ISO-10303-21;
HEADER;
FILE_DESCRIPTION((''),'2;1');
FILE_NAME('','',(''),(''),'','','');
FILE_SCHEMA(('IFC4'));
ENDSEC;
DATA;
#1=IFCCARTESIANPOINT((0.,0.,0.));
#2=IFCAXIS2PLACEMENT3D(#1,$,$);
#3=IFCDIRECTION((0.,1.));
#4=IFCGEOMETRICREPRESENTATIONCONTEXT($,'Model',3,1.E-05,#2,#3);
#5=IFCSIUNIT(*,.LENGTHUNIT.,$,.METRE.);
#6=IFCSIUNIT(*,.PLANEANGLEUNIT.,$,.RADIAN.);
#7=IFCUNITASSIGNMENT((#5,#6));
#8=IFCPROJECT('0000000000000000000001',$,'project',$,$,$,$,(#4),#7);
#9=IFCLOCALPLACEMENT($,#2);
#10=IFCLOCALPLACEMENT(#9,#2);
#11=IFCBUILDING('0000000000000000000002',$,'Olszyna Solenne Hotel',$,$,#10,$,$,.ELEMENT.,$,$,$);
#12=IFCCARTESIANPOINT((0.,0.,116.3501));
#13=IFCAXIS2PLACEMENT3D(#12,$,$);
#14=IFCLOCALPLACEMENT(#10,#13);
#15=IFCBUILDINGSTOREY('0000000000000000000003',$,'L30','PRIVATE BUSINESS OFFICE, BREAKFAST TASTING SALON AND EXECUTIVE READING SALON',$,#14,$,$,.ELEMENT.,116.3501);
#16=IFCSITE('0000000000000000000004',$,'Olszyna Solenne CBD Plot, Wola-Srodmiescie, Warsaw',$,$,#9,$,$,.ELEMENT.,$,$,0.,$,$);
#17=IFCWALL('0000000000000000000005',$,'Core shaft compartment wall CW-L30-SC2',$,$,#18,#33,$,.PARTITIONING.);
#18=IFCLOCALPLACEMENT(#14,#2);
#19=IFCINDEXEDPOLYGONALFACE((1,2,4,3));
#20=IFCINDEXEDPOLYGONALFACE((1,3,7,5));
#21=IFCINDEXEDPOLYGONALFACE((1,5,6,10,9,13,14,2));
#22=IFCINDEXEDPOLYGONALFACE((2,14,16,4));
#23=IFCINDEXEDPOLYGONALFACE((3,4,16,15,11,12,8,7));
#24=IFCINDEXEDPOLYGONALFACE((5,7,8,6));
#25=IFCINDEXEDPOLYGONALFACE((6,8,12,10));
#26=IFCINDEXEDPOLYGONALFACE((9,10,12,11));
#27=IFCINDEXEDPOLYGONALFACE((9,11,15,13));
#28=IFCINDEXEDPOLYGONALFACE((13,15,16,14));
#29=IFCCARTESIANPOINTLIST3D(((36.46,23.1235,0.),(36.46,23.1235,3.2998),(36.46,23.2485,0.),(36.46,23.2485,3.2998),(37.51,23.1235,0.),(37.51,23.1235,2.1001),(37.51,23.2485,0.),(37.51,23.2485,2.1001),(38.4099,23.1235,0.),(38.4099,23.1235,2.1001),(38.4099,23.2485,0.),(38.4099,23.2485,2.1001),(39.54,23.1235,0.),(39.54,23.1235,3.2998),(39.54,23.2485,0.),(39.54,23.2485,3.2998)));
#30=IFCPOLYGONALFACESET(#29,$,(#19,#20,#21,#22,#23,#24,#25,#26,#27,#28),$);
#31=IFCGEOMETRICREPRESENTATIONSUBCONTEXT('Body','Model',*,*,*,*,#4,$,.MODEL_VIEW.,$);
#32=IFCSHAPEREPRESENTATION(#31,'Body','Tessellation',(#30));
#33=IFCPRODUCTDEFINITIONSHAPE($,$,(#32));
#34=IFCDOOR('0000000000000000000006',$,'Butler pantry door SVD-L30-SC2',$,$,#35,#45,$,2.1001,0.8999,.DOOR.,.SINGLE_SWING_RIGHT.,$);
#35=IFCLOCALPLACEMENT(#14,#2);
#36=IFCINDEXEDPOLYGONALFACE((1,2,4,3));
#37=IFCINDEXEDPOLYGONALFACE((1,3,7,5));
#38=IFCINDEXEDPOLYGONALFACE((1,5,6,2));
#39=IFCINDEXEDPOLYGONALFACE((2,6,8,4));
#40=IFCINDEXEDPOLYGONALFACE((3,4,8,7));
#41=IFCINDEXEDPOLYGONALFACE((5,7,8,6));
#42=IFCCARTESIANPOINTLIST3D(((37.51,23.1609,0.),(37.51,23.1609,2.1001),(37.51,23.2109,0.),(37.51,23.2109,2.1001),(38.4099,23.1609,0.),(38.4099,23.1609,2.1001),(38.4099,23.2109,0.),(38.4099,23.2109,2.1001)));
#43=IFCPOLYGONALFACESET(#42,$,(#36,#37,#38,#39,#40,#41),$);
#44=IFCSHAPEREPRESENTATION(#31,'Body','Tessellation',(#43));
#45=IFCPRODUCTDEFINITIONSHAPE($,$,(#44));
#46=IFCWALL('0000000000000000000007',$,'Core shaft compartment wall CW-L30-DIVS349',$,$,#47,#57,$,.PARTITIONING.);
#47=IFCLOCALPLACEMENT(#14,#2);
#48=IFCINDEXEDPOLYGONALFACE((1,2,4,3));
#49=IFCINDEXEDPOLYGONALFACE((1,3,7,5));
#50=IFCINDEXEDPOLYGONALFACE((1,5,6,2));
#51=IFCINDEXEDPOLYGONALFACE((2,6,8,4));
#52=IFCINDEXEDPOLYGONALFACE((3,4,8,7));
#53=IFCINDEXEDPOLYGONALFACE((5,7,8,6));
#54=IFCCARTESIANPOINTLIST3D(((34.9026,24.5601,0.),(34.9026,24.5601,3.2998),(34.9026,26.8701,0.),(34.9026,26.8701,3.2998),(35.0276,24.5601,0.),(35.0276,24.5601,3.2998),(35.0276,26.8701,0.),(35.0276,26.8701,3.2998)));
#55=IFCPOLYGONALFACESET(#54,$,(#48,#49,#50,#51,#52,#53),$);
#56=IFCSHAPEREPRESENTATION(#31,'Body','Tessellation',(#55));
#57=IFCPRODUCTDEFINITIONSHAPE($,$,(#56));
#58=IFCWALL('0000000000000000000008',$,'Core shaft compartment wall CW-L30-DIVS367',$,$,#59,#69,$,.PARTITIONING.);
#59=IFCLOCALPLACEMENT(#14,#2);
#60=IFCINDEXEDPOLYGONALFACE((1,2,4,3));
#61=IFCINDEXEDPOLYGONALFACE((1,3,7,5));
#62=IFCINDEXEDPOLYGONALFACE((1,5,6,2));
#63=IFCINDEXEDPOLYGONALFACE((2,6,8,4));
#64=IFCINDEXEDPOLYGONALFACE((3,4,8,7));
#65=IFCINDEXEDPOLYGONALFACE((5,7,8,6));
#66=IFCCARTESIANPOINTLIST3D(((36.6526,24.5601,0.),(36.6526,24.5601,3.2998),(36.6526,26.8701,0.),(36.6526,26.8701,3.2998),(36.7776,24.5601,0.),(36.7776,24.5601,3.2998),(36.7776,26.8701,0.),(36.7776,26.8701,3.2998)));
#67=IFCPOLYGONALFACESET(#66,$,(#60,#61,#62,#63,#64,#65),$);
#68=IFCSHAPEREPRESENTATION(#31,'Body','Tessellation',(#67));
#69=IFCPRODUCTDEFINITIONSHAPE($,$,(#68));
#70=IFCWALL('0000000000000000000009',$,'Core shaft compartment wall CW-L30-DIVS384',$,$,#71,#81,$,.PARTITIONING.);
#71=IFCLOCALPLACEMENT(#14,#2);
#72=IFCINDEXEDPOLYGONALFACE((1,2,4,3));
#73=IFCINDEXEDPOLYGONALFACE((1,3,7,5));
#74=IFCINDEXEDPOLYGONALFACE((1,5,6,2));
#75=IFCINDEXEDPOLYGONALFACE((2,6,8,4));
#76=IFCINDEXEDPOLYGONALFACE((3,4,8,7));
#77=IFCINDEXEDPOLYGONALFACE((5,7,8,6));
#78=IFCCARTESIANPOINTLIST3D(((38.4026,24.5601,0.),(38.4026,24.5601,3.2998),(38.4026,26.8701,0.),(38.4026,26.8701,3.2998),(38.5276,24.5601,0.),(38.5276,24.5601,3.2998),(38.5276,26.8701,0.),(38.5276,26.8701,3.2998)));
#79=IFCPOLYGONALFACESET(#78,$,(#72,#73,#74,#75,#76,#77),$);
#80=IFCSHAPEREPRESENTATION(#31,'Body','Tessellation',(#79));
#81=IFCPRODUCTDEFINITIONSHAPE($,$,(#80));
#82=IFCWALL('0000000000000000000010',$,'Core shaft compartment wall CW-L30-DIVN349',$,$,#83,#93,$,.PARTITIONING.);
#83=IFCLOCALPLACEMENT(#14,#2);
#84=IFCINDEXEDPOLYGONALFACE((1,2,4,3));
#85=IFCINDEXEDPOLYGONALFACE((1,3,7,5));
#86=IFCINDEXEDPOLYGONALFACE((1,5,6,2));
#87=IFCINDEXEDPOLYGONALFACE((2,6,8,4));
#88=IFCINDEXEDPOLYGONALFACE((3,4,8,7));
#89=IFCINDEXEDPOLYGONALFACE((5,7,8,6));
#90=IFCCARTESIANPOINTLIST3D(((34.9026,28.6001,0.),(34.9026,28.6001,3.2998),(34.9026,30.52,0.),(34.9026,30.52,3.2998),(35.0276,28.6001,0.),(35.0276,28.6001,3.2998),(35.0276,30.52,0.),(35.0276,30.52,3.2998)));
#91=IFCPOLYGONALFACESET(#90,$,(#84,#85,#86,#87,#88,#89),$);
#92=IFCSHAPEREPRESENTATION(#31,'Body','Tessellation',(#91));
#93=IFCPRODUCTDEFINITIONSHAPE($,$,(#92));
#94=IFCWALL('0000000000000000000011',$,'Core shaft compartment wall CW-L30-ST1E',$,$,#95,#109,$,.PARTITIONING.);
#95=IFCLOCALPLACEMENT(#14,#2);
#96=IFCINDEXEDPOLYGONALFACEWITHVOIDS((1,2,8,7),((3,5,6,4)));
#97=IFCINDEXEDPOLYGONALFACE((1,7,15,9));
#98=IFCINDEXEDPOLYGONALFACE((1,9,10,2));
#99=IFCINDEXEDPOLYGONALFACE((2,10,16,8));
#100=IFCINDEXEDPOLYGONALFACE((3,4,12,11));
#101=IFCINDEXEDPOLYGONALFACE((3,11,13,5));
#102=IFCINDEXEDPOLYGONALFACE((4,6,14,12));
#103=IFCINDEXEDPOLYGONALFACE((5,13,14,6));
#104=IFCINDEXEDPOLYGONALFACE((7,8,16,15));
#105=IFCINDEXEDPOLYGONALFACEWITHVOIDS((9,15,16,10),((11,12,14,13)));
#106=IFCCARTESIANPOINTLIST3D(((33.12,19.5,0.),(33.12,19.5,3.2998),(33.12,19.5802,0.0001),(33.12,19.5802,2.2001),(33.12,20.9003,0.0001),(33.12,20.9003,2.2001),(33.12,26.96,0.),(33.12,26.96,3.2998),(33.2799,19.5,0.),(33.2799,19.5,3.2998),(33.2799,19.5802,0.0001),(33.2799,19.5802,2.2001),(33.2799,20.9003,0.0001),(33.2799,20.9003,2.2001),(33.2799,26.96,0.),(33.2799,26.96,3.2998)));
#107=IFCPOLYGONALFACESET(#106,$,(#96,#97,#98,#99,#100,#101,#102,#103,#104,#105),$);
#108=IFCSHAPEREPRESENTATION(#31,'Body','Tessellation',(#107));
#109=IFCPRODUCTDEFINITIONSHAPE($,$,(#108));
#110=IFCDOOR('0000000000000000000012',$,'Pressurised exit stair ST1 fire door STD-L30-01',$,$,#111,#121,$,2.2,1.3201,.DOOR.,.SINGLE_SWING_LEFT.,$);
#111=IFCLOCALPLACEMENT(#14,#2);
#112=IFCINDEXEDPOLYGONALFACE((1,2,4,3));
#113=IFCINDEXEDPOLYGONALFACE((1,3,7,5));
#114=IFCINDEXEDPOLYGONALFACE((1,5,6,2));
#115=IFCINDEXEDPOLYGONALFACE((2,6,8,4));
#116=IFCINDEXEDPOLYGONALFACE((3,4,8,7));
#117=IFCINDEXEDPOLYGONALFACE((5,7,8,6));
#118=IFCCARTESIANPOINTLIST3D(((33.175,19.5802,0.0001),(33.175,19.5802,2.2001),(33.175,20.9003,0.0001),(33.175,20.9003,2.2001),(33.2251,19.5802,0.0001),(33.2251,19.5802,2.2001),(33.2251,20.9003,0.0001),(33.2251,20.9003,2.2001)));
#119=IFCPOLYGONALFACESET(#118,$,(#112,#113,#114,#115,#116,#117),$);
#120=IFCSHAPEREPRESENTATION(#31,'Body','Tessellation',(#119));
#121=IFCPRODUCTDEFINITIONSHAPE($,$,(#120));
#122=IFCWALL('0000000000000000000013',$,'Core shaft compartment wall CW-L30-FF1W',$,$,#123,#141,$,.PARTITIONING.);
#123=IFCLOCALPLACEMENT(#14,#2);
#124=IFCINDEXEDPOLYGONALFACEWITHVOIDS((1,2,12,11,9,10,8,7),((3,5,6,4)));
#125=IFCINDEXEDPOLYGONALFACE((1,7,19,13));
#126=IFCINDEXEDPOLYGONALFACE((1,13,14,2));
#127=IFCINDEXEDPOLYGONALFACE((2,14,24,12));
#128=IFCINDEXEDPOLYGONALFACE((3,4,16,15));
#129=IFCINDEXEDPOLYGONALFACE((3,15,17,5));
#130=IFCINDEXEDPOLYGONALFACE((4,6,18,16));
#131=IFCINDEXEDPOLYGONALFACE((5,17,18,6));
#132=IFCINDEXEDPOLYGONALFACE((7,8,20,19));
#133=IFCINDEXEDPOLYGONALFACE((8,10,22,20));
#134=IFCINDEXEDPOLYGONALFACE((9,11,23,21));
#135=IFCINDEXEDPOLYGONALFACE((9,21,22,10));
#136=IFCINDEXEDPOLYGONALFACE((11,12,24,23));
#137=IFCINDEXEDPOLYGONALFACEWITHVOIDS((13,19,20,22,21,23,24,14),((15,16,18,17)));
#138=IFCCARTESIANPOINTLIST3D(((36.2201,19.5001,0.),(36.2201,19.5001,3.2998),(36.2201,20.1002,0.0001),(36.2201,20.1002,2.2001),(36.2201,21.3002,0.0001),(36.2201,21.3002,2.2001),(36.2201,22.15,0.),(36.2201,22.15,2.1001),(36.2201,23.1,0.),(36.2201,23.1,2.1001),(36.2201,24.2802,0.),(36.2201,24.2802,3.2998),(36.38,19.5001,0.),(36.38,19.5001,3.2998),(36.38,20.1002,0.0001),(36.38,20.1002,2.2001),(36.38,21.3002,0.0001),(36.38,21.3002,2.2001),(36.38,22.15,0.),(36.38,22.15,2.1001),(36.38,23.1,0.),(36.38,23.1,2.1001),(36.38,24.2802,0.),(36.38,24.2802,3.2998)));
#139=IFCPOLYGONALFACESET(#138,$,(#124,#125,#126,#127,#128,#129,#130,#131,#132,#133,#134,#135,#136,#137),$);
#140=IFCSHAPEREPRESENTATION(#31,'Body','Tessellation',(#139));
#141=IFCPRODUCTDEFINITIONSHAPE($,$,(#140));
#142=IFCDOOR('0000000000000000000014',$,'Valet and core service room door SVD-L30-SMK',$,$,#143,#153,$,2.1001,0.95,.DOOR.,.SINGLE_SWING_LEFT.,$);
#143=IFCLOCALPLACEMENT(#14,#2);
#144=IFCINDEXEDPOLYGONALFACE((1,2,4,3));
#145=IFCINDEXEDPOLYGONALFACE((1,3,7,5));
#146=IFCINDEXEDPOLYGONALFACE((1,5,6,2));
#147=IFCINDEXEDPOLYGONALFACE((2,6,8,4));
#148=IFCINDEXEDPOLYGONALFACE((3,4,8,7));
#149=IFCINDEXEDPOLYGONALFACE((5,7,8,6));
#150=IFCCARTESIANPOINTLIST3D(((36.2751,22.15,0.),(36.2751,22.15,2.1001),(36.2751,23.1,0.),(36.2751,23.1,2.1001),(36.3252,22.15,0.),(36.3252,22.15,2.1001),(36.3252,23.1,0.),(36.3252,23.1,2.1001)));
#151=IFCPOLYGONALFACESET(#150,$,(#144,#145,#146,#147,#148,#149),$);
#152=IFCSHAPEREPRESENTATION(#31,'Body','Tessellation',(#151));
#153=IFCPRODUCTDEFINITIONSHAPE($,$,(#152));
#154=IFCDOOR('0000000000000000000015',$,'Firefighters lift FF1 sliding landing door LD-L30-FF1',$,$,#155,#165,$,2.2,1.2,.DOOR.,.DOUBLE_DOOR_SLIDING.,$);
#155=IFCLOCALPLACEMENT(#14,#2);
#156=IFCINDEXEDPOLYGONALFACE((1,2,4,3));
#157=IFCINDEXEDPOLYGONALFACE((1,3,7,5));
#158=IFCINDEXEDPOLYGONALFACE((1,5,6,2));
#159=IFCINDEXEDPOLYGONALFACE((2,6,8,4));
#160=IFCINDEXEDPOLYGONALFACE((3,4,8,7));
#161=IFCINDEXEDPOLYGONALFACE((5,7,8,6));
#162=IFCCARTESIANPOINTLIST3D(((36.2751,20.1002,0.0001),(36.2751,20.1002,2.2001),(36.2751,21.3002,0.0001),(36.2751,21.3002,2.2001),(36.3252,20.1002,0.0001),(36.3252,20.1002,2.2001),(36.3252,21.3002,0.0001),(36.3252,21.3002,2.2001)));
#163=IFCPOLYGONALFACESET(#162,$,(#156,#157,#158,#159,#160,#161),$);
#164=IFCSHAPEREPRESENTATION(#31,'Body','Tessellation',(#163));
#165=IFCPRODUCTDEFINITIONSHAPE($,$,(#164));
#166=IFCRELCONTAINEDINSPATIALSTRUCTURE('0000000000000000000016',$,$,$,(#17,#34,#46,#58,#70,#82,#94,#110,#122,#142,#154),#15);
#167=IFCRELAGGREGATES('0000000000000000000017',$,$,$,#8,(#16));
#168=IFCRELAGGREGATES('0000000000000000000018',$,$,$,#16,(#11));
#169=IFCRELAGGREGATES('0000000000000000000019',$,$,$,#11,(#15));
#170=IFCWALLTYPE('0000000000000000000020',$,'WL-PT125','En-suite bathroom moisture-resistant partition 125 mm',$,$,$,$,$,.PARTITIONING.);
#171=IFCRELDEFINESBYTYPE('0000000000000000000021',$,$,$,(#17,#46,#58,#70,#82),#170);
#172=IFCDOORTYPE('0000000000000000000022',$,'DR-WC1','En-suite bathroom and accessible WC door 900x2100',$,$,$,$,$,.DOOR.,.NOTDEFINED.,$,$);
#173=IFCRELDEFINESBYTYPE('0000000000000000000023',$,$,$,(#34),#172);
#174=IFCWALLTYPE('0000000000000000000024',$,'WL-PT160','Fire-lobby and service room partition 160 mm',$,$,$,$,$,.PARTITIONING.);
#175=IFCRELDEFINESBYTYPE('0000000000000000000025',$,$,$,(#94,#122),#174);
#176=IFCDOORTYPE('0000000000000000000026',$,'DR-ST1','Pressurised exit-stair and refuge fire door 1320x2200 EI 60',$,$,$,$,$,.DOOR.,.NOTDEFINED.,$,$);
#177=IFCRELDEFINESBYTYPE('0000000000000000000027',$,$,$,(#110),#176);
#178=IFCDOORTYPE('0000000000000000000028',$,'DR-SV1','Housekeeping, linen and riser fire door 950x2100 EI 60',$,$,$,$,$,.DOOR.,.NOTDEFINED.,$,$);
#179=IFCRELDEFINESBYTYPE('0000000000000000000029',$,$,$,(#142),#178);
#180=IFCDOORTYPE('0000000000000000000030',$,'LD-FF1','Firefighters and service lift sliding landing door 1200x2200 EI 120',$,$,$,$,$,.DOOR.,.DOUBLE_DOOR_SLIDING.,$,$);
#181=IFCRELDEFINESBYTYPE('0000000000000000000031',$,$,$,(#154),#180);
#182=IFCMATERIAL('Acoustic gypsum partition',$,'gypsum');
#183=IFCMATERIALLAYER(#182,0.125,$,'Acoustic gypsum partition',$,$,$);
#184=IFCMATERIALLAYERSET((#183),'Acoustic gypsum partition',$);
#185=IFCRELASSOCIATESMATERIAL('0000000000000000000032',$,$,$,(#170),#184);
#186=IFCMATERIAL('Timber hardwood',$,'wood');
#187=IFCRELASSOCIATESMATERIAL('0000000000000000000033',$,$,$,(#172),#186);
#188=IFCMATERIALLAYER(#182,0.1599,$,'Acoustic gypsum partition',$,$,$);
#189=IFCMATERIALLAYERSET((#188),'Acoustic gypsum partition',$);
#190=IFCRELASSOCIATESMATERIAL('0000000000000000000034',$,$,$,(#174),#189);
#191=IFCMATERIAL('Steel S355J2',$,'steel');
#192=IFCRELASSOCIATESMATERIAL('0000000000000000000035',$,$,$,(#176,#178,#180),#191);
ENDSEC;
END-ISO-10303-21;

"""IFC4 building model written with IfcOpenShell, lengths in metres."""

from ifc_helpers import new_model, si_unit, direction, frame, frame_2d, origin, place, context, subcontext, project, spatial, rectangle, extrude, source, transform, mapped, material, layer, layer_set, type_object, type_shapes, element, fill, save


model = new_model("IFC4")

# Units and contexts
model_context = context("Model", 3, precision=1e-05, world=origin(), true_north=direction((0.0, 1.0)))
body_context = subcontext(model_context, "Body", "Model", "MODEL_VIEW")
ifc_project = project(units=[si_unit("LENGTHUNIT", "METRE"), si_unit("PLANEANGLEUNIT", "RADIAN")], contexts=[model_context])

# Site, building, storey
site_placement = place(None, origin())
site = spatial("IfcSite", under=ifc_project, at=site_placement, Name="Olszyna Solenne CBD Plot, Wola-Srodmiescie, Warsaw", CompositionType="ELEMENT", RefElevation=0.0)
building_placement = place(site_placement, origin())
building = spatial("IfcBuilding", under=site, at=building_placement, Name="Olszyna Solenne Hotel", CompositionType="ELEMENT")
storey_placement = place(building_placement, frame((0.0, 0.0, 116.3501)))
storey = spatial("IfcBuildingStorey", under=building, at=storey_placement, Name="L30", Description="PRIVATE BUSINESS OFFICE, BREAKFAST TASTING SALON AND EXECUTIVE READING SALON", CompositionType="ELEMENT", Elevation=116.3501)

# Shared definitions
ifc_material_1 = material(Name="Steel S355J2", Category="steel")

# Shared definitions
ifc_material_2 = material(Name="Acoustic gypsum partition", Category="gypsum")
ifc_layer_1 = layer(ifc_material_2, 0.125, Name="Acoustic gypsum partition")
ifc_layer_set_1 = layer_set([ifc_layer_1], Name="Acoustic gypsum partition")
wall_type_1 = type_object("IfcWallType", Name="WL-PT125", Description="En-suite bathroom moisture-resistant partition 125 mm", PredefinedType="PARTITIONING", material=ifc_layer_set_1)

# Wall, opening, door
wall_1_placement = place(storey_placement, frame((36.46, 23.186, 0.0), z_axis=(0.0, 0.0, 1.0), x_axis=(1.0, 0.0, 0.0)))
wall_1 = element("IfcWall", 1, at=wall_1_placement, inside=storey, type_object=wall_type_1, Name="Core shaft compartment wall CW-L30-SC2", PredefinedType="PARTITIONING", context=body_context, shape_type="SweptSolid", body=[
    extrude(rectangle(XDim=3.0801, YDim=0.125, at=frame_2d((1.54, 0.0))), origin(), (0.0, 0.0, 1.0), 3.2998),
])
opening_1_placement = place(wall_1_placement, frame((1.05, 0.0, 0.0)))
opening_1 = element("IfcOpeningElement", 2, at=opening_1_placement, cuts=wall_1, PredefinedType="OPENING", context=body_context, shape_type="SweptSolid", body=[
    extrude(rectangle(XDim=0.8999, YDim=2.1001, at=frame_2d((0.45, 1.05))), frame((0.0, 0.0725, 0.0), z_axis=(0.0, -1.0, 0.0), x_axis=(1.0, 0.0, 0.0)), (0.0, 0.0, 1.0), 0.145),
])
ifc_material_3 = material(Name="Timber hardwood", Category="wood")
door_type_1 = type_object("IfcDoorType", Name="DR-WC1", Description="En-suite bathroom and accessible WC door 900x2100", OperationType="NOTDEFINED", PredefinedType="DOOR", material=ifc_material_3)
shared_shape_1 = source(origin(), body_context, "Body", "SweptSolid", [
    extrude(rectangle(XDim=0.8999, YDim=2.1001, at=frame_2d((0.45, 1.05))), frame((0.0, 0.0249, 0.0), z_axis=(0.0, -1.0, 0.0), x_axis=(1.0, 0.0, 0.0)), (0.0, 0.0, 1.0), 0.05),
])
type_shapes(door_type_1, [shared_shape_1])
door_1_placement = place(opening_1_placement, origin())
door_1 = element("IfcDoor", 3, at=door_1_placement, inside=storey, type_object=door_type_1, Name="Butler pantry door SVD-L30-SC2", OperationType="SINGLE_SWING_RIGHT", OverallHeight=2.1001, OverallWidth=0.8999, PredefinedType="DOOR", context=body_context, shape_type="MappedRepresentation", body=[
    mapped(shared_shape_1, transform((0.0, 0.0, 0.0), x_axis=(1.0, 0.0, 0.0), y_axis=(0.0, 1.0, 0.0), z_axis=(0.0, 0.0, 1.0), scale=1.0)),
])
fill(opening_1, door_1)

# Walls
for number, where, z_axis, x_axis, name in (
    (4, (34.9651, 24.5601, 0.0), (0.0, 0.0, 1.0), (0.0, 1.0, 0.0), "Core shaft compartment wall CW-L30-DIVS349"),
    (5, (36.7151, 24.5601, 0.0), (0.0, 0.0, 1.0), (0.0, 1.0, 0.0), "Core shaft compartment wall CW-L30-DIVS367"),
    (6, (38.4651, 24.5601, 0.0), (0.0, 0.0, 1.0), (0.0, 1.0, 0.0), "Core shaft compartment wall CW-L30-DIVS384"),
):
    element("IfcWall", number, at=place(storey_placement, frame(where, z_axis=z_axis, x_axis=x_axis)), inside=storey, type_object=wall_type_1, Name=name, PredefinedType="PARTITIONING", context=body_context, shape_type="SweptSolid", body=[
        extrude(rectangle(XDim=2.3101, YDim=0.125, at=frame_2d((1.155, 0.0))), origin(), (0.0, 0.0, 1.0), 3.2998),
    ])
wall_2_placement = place(storey_placement, frame((34.9651, 28.6001, 0.0), z_axis=(0.0, 0.0, 1.0), x_axis=(0.0, 1.0, 0.0)))
element("IfcWall", 7, at=wall_2_placement, inside=storey, type_object=wall_type_1, Name="Core shaft compartment wall CW-L30-DIVN349", PredefinedType="PARTITIONING", context=body_context, shape_type="SweptSolid", body=[
    extrude(rectangle(XDim=1.9199, YDim=0.125, at=frame_2d((0.96, 0.0))), origin(), (0.0, 0.0, 1.0), 3.2998),
])

# Wall, opening, door
ifc_layer_2 = layer(ifc_material_2, 0.1599, Name="Acoustic gypsum partition")
ifc_layer_set_2 = layer_set([ifc_layer_2], Name="Acoustic gypsum partition")
wall_type_2 = type_object("IfcWallType", Name="WL-PT160", Description="Fire-lobby and service room partition 160 mm", PredefinedType="PARTITIONING", material=ifc_layer_set_2)
wall_3_placement = place(storey_placement, frame((33.2, 19.5, 0.0), z_axis=(0.0, 0.0, 1.0), x_axis=(0.0, 1.0, 0.0)))
wall_3 = element("IfcWall", 8, at=wall_3_placement, inside=storey, type_object=wall_type_2, Name="Core shaft compartment wall CW-L30-ST1E", PredefinedType="PARTITIONING", context=body_context, shape_type="SweptSolid", body=[
    extrude(rectangle(XDim=7.46, YDim=0.1599, at=frame_2d((3.73, 0.0))), origin(), (0.0, 0.0, 1.0), 3.2998),
])
opening_2_placement = place(wall_3_placement, frame((0.0801, 0.0, 0.0)))
opening_2 = element("IfcOpeningElement", 9, at=opening_2_placement, cuts=wall_3, PredefinedType="OPENING", context=body_context, shape_type="SweptSolid", body=[
    extrude(rectangle(XDim=1.3201, YDim=2.2, at=frame_2d((0.6602, 1.1001))), frame((0.0, 0.0898, 0.0), z_axis=(0.0, -1.0, 0.0), x_axis=(1.0, 0.0, 0.0)), (0.0, 0.0, 1.0), 0.1799),
])
door_type_2 = type_object("IfcDoorType", Name="DR-ST1", Description="Pressurised exit-stair and refuge fire door 1320x2200 EI 60", OperationType="NOTDEFINED", PredefinedType="DOOR", material=ifc_material_1)
shared_shape_2 = source(origin(), body_context, "Body", "SweptSolid", [
    extrude(rectangle(XDim=1.3201, YDim=2.2, at=frame_2d((0.6602, 1.1001))), frame((0.0, 0.0249, 0.0), z_axis=(0.0, -1.0, 0.0), x_axis=(1.0, 0.0, 0.0)), (0.0, 0.0, 1.0), 0.05),
])
type_shapes(door_type_2, [shared_shape_2])
door_2_placement = place(opening_2_placement, origin())
door_2 = element("IfcDoor", 10, at=door_2_placement, inside=storey, type_object=door_type_2, Name="Pressurised exit stair ST1 fire door STD-L30-01", OperationType="SINGLE_SWING_LEFT", OverallHeight=2.2, OverallWidth=1.3201, PredefinedType="DOOR", context=body_context, shape_type="MappedRepresentation", body=[
    mapped(shared_shape_2, transform((0.0, 0.0, 0.0), x_axis=(1.0, 0.0, 0.0), y_axis=(0.0, 1.0, 0.0), z_axis=(0.0, 0.0, 1.0), scale=1.0)),
])
fill(opening_2, door_2)

# Wall, openings, doors
wall_4_placement = place(storey_placement, frame((36.3, 19.5, 0.0), z_axis=(0.0, 0.0, 1.0), x_axis=(0.0, 1.0, 0.0)))
wall_4 = element("IfcWall", 11, at=wall_4_placement, inside=storey, type_object=wall_type_2, Name="Core shaft compartment wall CW-L30-FF1W", PredefinedType="PARTITIONING", context=body_context, shape_type="SweptSolid", body=[
    extrude(rectangle(XDim=4.78, YDim=0.1599, at=frame_2d((2.3901, 0.0))), origin(), (0.0, 0.0, 1.0), 3.2998),
])
opening_3_placement = place(wall_4_placement, frame((0.6001, 0.0, 0.0)))
opening_3 = element("IfcOpeningElement", 12, at=opening_3_placement, cuts=wall_4, PredefinedType="OPENING", context=body_context, shape_type="SweptSolid", body=[
    extrude(rectangle(XDim=1.2, YDim=2.2, at=frame_2d((0.6001, 1.1001))), frame((0.0, 0.0898, 0.0), z_axis=(0.0, -1.0, 0.0), x_axis=(1.0, 0.0, 0.0)), (0.0, 0.0, 1.0), 0.1799),
])
opening_4_placement = place(wall_4_placement, frame((2.6499, 0.0, 0.0)))
opening_4 = element("IfcOpeningElement", 13, at=opening_4_placement, cuts=wall_4, PredefinedType="OPENING", context=body_context, shape_type="SweptSolid", body=[
    extrude(rectangle(XDim=0.95, YDim=2.1001, at=frame_2d((0.4751, 1.05))), frame((0.0, 0.0898, 0.0), z_axis=(0.0, -1.0, 0.0), x_axis=(1.0, 0.0, 0.0)), (0.0, 0.0, 1.0), 0.1799),
])
door_type_3 = type_object("IfcDoorType", Name="DR-SV1", Description="Housekeeping, linen and riser fire door 950x2100 EI 60", OperationType="NOTDEFINED", PredefinedType="DOOR", material=ifc_material_1)
shared_shape_3 = source(origin(), body_context, "Body", "SweptSolid", [
    extrude(rectangle(XDim=0.95, YDim=2.1001, at=frame_2d((0.4751, 1.05))), frame((0.0, 0.0249, 0.0), z_axis=(0.0, -1.0, 0.0), x_axis=(1.0, 0.0, 0.0)), (0.0, 0.0, 1.0), 0.05),
])
type_shapes(door_type_3, [shared_shape_3])
door_3_placement = place(opening_4_placement, origin())
door_3 = element("IfcDoor", 14, at=door_3_placement, inside=storey, type_object=door_type_3, Name="Valet and core service room door SVD-L30-SMK", OperationType="SINGLE_SWING_LEFT", OverallHeight=2.1001, OverallWidth=0.95, PredefinedType="DOOR", context=body_context, shape_type="MappedRepresentation", body=[
    mapped(shared_shape_3, transform((0.0, 0.0, 0.0), x_axis=(1.0, 0.0, 0.0), y_axis=(0.0, 1.0, 0.0), z_axis=(0.0, 0.0, 1.0), scale=1.0)),
])
fill(opening_4, door_3)
door_type_4 = type_object("IfcDoorType", Name="LD-FF1", Description="Firefighters and service lift sliding landing door 1200x2200 EI 120", OperationType="DOUBLE_DOOR_SLIDING", PredefinedType="DOOR", material=ifc_material_1)
shared_shape_4 = source(origin(), body_context, "Body", "SweptSolid", [
    extrude(rectangle(XDim=1.2, YDim=2.2, at=frame_2d((0.6001, 1.1001))), frame((0.0, 0.0249, 0.0), z_axis=(0.0, -1.0, 0.0), x_axis=(1.0, 0.0, 0.0)), (0.0, 0.0, 1.0), 0.05),
])
type_shapes(door_type_4, [shared_shape_4])
door_4_placement = place(opening_3_placement, origin())
door_4 = element("IfcDoor", 15, at=door_4_placement, inside=storey, type_object=door_type_4, Name="Firefighters lift FF1 sliding landing door LD-L30-FF1", OperationType="DOUBLE_DOOR_SLIDING", OverallHeight=2.2, OverallWidth=1.2, PredefinedType="DOOR", context=body_context, shape_type="MappedRepresentation", body=[
    mapped(shared_shape_4, transform((0.0, 0.0, 0.0), x_axis=(1.0, 0.0, 0.0), y_axis=(0.0, 1.0, 0.0), z_axis=(0.0, 0.0, 1.0), scale=1.0)),
])
fill(opening_3, door_4)

save(model, "model.ifc")
